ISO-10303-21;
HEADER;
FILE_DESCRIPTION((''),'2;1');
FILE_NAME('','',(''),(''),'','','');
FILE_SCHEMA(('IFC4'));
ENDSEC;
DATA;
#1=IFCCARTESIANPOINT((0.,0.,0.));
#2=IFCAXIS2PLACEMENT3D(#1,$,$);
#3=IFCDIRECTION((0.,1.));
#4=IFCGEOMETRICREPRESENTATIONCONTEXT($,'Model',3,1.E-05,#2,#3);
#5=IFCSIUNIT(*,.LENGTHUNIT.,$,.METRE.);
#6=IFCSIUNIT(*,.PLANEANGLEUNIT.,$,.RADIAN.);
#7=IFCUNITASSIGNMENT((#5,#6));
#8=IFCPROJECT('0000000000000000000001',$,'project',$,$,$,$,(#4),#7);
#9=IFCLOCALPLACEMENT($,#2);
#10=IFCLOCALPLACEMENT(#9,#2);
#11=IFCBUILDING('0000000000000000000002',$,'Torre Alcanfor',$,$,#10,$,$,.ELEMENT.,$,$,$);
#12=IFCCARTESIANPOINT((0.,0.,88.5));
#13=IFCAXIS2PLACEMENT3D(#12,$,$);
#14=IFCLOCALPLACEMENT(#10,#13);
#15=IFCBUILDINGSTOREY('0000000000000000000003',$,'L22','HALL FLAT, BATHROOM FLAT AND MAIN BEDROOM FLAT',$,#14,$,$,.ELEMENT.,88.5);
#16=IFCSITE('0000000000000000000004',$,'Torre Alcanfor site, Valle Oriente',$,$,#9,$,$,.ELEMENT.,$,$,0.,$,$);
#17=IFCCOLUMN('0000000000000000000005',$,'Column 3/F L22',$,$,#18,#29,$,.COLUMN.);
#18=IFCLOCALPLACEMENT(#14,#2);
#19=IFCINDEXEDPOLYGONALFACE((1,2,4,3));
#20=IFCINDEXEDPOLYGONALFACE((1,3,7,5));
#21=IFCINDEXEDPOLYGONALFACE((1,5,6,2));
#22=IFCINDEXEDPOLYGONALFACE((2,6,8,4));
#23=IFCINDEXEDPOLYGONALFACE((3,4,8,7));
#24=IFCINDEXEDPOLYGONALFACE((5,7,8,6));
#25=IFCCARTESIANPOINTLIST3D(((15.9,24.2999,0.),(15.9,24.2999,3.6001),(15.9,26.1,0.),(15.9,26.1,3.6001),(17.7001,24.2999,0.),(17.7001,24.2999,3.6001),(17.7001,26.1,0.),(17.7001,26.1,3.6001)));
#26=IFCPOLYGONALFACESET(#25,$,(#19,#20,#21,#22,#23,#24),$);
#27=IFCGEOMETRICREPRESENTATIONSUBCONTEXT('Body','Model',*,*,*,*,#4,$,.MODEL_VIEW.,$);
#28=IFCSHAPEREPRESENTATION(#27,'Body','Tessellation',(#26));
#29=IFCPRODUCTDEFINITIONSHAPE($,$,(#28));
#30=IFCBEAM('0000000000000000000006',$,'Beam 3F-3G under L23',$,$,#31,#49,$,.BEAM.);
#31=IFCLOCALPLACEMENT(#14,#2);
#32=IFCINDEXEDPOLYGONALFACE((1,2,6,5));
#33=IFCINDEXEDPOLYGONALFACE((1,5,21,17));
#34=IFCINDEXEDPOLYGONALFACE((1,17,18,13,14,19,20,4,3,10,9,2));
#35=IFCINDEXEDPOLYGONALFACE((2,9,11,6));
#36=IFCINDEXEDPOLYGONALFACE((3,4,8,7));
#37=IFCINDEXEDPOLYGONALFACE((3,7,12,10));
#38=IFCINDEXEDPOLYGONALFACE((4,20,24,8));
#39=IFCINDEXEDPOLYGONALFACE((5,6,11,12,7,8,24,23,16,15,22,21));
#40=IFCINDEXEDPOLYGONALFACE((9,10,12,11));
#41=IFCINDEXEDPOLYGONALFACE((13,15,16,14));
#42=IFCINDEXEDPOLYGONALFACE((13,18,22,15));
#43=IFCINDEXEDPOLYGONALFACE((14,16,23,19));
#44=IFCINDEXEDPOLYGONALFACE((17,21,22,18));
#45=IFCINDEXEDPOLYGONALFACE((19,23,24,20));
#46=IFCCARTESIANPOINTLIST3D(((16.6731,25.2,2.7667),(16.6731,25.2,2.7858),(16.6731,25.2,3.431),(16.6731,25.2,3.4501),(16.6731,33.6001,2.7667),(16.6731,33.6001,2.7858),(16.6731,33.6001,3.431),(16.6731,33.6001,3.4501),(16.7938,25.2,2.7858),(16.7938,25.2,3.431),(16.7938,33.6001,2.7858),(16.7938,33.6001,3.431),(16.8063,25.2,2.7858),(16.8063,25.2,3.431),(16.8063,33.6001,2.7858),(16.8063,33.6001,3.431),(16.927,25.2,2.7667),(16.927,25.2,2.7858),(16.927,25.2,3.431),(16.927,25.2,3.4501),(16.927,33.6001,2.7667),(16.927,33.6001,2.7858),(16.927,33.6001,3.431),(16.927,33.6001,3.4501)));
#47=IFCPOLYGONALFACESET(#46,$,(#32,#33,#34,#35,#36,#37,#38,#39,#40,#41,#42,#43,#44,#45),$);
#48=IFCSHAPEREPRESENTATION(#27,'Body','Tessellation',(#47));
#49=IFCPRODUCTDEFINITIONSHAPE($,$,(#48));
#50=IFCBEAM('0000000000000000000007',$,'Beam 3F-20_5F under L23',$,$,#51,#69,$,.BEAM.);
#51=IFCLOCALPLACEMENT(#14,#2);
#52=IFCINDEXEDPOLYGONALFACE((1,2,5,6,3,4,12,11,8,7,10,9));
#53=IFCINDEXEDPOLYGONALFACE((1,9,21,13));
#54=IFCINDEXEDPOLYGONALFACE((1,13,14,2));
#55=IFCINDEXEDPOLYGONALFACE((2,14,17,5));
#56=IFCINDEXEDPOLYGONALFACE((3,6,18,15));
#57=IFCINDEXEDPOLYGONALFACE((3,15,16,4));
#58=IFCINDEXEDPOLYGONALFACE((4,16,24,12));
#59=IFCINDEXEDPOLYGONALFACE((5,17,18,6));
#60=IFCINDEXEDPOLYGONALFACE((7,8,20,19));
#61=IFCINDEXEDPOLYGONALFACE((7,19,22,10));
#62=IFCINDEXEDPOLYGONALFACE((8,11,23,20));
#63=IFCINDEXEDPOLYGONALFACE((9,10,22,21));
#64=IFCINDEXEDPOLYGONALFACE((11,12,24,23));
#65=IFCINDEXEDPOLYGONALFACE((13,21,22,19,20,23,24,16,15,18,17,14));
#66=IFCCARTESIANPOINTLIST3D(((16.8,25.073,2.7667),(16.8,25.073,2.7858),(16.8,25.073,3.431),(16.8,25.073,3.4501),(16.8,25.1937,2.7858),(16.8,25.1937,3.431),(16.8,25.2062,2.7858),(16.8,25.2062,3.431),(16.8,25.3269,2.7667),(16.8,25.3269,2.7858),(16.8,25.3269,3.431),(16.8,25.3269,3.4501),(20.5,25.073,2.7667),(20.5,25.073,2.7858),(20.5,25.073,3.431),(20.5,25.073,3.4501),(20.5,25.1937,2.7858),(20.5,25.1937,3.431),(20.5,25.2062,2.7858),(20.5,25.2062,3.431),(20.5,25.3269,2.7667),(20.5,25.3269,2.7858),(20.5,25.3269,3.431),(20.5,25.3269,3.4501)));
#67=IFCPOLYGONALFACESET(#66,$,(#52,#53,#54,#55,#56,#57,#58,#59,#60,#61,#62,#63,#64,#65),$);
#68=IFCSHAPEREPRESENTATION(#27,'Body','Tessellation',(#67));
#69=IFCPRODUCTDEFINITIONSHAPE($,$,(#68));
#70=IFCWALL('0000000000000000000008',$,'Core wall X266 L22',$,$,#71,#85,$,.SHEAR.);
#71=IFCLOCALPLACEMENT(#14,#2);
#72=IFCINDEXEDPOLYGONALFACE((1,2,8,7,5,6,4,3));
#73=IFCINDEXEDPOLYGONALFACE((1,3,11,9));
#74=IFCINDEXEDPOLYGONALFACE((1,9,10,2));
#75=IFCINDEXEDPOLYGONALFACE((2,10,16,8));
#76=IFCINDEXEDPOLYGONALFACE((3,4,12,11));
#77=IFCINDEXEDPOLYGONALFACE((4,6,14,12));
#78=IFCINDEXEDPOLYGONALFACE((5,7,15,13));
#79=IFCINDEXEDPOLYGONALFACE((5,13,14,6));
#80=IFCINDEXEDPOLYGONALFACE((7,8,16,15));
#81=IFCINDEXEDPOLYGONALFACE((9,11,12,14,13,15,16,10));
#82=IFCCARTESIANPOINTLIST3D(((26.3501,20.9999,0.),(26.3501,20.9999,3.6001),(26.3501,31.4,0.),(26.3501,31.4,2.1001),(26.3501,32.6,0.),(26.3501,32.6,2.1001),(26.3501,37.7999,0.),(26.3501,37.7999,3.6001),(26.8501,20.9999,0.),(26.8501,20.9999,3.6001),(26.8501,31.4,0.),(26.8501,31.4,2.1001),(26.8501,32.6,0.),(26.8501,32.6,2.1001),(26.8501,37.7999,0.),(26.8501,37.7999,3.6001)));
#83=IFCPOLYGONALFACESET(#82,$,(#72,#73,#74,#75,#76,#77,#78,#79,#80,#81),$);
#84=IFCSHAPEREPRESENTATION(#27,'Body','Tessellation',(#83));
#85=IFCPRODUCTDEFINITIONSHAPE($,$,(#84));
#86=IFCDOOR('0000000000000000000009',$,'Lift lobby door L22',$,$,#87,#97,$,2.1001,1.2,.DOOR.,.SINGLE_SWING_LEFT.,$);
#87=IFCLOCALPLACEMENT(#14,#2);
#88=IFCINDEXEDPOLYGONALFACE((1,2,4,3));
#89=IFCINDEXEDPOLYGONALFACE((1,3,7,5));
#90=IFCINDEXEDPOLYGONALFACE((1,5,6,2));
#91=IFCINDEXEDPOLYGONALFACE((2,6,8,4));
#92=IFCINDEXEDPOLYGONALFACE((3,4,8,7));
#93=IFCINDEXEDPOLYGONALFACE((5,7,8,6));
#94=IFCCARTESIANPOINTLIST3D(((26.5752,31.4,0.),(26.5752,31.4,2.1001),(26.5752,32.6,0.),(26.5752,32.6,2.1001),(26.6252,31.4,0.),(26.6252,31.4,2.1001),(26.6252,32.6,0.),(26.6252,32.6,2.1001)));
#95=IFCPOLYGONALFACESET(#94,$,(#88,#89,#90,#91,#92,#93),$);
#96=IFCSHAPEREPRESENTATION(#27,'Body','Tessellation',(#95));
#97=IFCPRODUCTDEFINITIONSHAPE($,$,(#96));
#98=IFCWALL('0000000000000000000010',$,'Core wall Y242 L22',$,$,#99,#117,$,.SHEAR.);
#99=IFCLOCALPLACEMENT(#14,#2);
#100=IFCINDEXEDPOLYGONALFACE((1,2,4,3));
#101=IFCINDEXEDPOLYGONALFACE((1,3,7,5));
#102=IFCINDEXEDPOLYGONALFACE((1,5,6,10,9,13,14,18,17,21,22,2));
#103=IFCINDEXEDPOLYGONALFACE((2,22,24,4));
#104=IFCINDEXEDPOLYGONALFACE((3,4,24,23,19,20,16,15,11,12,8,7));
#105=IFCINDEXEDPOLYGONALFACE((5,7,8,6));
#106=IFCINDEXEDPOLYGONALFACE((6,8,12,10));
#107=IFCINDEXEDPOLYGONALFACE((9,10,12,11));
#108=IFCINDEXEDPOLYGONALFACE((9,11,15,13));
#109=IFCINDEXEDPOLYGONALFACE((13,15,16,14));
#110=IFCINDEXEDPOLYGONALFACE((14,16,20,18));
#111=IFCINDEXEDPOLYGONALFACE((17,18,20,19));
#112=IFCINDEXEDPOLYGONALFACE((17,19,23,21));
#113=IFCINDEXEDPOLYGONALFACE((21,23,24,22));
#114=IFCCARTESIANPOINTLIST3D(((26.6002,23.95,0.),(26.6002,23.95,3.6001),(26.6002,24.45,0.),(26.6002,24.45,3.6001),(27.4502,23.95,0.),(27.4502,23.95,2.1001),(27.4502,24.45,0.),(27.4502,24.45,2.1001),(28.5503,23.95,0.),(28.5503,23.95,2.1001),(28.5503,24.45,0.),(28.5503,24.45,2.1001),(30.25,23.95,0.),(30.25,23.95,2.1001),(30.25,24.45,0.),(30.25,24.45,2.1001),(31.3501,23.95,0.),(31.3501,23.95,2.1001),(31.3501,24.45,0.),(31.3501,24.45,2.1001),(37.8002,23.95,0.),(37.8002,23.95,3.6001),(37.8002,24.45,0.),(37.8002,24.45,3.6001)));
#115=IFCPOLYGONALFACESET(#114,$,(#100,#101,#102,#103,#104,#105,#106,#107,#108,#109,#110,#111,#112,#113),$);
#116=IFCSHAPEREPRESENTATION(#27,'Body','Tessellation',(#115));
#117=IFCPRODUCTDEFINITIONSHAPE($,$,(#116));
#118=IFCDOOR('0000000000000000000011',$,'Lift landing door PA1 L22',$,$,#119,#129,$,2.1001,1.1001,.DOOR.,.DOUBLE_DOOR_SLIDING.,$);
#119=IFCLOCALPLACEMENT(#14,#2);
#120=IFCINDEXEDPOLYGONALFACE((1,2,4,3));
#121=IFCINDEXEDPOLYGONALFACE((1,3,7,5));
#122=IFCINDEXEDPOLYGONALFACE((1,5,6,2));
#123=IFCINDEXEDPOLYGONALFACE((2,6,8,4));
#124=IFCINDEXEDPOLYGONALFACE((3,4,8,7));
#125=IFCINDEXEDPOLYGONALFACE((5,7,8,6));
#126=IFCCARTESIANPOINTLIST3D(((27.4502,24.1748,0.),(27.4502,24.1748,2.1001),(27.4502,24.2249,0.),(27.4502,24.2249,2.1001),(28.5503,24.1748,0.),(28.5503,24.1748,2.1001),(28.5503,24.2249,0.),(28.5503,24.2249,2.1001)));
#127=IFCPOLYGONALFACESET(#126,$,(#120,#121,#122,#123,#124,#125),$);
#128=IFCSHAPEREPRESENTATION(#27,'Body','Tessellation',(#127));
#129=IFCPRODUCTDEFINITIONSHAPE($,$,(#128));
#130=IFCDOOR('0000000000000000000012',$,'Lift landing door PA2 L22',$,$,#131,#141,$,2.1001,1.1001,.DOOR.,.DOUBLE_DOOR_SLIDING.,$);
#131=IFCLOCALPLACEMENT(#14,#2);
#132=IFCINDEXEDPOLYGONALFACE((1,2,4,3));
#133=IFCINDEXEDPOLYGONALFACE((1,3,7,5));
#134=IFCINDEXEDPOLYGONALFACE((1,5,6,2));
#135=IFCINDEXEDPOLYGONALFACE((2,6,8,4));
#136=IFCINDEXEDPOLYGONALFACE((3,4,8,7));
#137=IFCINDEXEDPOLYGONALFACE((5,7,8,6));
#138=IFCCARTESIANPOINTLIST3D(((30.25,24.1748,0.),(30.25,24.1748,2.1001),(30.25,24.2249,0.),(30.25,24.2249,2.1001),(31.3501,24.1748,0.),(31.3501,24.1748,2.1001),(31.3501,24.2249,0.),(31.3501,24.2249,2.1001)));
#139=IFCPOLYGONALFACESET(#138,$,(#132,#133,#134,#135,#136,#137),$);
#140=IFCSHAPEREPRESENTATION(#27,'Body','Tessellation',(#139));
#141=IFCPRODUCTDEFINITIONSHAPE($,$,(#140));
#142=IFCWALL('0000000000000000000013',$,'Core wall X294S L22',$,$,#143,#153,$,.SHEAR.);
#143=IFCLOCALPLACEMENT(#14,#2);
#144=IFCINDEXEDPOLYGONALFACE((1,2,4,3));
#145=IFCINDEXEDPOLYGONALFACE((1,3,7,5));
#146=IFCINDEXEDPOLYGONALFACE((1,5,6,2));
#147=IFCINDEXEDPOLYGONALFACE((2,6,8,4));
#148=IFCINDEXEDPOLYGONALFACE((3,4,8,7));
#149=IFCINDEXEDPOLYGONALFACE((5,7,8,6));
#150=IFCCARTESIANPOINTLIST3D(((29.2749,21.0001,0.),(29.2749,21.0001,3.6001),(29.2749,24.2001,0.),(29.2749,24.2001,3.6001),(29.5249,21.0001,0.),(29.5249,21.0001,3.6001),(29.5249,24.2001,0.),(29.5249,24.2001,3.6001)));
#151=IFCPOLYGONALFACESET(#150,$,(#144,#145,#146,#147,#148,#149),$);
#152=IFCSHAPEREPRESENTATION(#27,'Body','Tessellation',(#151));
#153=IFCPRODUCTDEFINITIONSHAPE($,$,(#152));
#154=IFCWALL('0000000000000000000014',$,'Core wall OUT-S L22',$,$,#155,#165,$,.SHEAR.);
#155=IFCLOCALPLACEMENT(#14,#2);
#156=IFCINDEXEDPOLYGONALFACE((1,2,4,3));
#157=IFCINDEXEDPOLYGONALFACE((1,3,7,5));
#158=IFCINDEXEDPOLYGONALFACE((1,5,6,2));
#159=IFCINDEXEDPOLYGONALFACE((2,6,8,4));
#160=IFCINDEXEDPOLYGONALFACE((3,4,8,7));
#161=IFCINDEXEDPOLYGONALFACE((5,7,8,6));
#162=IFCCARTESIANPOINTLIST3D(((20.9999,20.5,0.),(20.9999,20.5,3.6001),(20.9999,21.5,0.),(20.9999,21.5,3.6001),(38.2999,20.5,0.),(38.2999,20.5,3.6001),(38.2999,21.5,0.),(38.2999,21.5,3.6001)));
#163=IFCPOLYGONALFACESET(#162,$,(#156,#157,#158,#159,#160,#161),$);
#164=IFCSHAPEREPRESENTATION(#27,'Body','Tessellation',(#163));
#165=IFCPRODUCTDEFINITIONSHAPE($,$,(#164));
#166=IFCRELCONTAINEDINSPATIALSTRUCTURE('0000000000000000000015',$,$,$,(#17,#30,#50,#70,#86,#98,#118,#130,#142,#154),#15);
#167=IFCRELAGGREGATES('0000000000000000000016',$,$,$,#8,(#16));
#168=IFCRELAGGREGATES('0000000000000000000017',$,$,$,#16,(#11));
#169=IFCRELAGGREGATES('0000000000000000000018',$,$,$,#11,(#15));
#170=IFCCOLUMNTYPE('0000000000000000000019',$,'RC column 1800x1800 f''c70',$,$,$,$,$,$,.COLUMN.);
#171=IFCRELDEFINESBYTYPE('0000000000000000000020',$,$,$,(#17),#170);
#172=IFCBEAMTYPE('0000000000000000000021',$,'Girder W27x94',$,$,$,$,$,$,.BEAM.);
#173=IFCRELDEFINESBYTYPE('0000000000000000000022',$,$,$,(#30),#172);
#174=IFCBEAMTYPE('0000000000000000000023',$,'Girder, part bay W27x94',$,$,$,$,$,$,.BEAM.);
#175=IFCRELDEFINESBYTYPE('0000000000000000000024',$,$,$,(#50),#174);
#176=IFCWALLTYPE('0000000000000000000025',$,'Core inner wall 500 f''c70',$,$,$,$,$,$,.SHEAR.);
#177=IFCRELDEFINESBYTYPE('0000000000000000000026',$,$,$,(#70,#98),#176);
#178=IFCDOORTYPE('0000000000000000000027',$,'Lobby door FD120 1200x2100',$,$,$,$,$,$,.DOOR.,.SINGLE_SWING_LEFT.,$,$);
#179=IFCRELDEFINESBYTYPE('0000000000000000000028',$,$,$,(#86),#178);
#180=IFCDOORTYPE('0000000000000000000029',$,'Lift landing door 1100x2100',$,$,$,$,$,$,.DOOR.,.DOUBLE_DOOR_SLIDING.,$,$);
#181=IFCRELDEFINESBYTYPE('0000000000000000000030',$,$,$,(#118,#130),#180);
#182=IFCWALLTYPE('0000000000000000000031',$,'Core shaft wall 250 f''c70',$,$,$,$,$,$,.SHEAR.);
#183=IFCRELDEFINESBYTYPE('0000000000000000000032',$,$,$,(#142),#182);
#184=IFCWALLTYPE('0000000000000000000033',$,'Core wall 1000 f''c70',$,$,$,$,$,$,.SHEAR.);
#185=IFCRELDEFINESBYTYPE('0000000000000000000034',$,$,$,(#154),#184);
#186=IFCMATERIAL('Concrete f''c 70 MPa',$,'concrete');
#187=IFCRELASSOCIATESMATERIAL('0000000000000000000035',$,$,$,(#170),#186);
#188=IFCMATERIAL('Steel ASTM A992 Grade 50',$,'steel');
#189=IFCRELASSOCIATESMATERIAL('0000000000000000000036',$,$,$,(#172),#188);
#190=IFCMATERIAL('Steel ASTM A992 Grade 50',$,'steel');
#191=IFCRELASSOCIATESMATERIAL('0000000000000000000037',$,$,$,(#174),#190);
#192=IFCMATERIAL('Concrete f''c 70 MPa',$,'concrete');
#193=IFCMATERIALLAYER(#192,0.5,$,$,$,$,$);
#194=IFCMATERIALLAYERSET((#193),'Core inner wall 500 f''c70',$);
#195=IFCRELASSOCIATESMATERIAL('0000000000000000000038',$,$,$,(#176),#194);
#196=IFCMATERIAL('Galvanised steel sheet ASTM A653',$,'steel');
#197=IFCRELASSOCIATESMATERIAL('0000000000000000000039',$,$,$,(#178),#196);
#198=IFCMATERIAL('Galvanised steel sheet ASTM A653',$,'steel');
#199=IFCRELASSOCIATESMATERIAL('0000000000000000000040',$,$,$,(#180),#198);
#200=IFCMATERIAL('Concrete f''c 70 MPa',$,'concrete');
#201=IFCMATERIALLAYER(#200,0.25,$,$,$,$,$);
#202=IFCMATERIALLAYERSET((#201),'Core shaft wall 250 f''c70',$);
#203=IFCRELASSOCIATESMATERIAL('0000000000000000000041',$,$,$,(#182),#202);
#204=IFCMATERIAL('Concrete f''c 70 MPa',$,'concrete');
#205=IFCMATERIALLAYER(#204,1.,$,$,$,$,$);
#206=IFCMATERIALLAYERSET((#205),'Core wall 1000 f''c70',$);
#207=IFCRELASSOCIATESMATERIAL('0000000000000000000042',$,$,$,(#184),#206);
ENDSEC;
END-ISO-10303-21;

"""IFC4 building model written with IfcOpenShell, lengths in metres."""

from ifc_helpers import new_model, si_unit, direction, frame, frame_2d, origin, origin_2d, place, context, subcontext, project, spatial, rectangle, i_section, extrude, material, layer, layer_set, material_profile, profile_set, type_object, element, fill, save


model = new_model("IFC4")

# Units and contexts
model_context = context("Model", 3, precision=1e-05, world=origin(), true_north=direction((0.0, 1.0)))
body_context = subcontext(model_context, "Body", "Model", "MODEL_VIEW")
ifc_project = project(units=[si_unit("LENGTHUNIT", "METRE"), si_unit("PLANEANGLEUNIT", "RADIAN")], contexts=[model_context])

# Site, building, storey
site_placement = place(None, origin())
site = spatial("IfcSite", under=ifc_project, at=site_placement, Name="Torre Alcanfor site, Valle Oriente", CompositionType="ELEMENT", RefElevation=0.0)
building_placement = place(site_placement, origin())
building = spatial("IfcBuilding", under=site, at=building_placement, Name="Torre Alcanfor", CompositionType="ELEMENT")
storey_placement = place(building_placement, frame((0.0, 0.0, 88.5)))
storey = spatial("IfcBuildingStorey", under=building, at=storey_placement, Name="L22", Description="HALL FLAT, BATHROOM FLAT AND MAIN BEDROOM FLAT", CompositionType="ELEMENT", Elevation=88.5)

# Column
ifc_material_1 = material(Name="Concrete f'c 70 MPa", Category="concrete")
ifc_material_profile_1 = material_profile(ifc_material_1, rectangle(XDim=1.8, YDim=1.8, at=origin_2d()), Name="1800x1800")
ifc_profile_set_1 = profile_set([ifc_material_profile_1], Name="Concrete f'c 70 MPa")
column_type = type_object("IfcColumnType", Name="RC column 1800x1800 f'c70", PredefinedType="COLUMN", material=ifc_profile_set_1)
column_placement = place(storey_placement, frame((16.8, 25.2, 0.0), z_axis=(0.0, 0.0, 1.0), x_axis=(1.0, 0.0, 0.0)))
element("IfcColumn", 1, at=column_placement, inside=storey, type_object=column_type, Name="Column 3/F L22", PredefinedType="COLUMN", context=body_context, shape_type="SweptSolid", body=[
    extrude(rectangle(XDim=1.8, YDim=1.8, at=origin_2d()), origin(), (0.0, 0.0, 1.0), 3.6001),
])

# Beams
ifc_material_2 = material(Name="Steel ASTM A992 Grade 50", Category="steel")
ifc_material_profile_2 = material_profile(ifc_material_2, i_section(OverallWidth=0.2539, OverallDepth=0.6833, WebThickness=0.0125, FlangeThickness=0.019, at=origin_2d()), Name="W27x94")
ifc_profile_set_2 = profile_set([ifc_material_profile_2], Name="Steel ASTM A992 Grade 50")
beam_type_1 = type_object("IfcBeamType", Name="Girder W27x94", PredefinedType="BEAM", material=ifc_profile_set_2)
beam_1_placement = place(storey_placement, frame((16.8, 25.2, 3.1084), z_axis=(0.0, 1.0, 0.0), x_axis=(-1.0, 0.0, 0.0)))
element("IfcBeam", 2, at=beam_1_placement, inside=storey, type_object=beam_type_1, Name="Beam 3F-3G under L23", PredefinedType="BEAM", context=body_context, shape_type="SweptSolid", body=[
    extrude(i_section(OverallWidth=0.2539, OverallDepth=0.6833, WebThickness=0.0125, FlangeThickness=0.019, at=origin_2d()), origin(), (0.0, 0.0, 1.0), 8.4001),
])
ifc_material_3 = material(Name="Steel ASTM A992 Grade 50", Category="steel")
ifc_material_profile_3 = material_profile(ifc_material_3, i_section(OverallWidth=0.2539, OverallDepth=0.6833, WebThickness=0.0125, FlangeThickness=0.019, at=origin_2d()), Name="W27x94")
ifc_profile_set_3 = profile_set([ifc_material_profile_3], Name="Steel ASTM A992 Grade 50")
beam_type_2 = type_object("IfcBeamType", Name="Girder, part bay W27x94", PredefinedType="BEAM", material=ifc_profile_set_3)
beam_2_placement = place(storey_placement, frame((16.8, 25.2, 3.1084), z_axis=(1.0, 0.0, 0.0), x_axis=(0.0, 1.0, 0.0)))
element("IfcBeam", 3, at=beam_2_placement, inside=storey, type_object=beam_type_2, Name="Beam 3F-20_5F under L23", PredefinedType="BEAM", context=body_context, shape_type="SweptSolid", body=[
    extrude(i_section(OverallWidth=0.2539, OverallDepth=0.6833, WebThickness=0.0125, FlangeThickness=0.019, at=origin_2d()), origin(), (0.0, 0.0, 1.0), 3.7),
])

# Wall, opening, door
ifc_material_4 = material(Name="Concrete f'c 70 MPa", Category="concrete")
ifc_layer_1 = layer(ifc_material_4, 0.5)
ifc_layer_set_1 = layer_set([ifc_layer_1], Name="Core inner wall 500 f'c70")
wall_type_1 = type_object("IfcWallType", Name="Core inner wall 500 f'c70", PredefinedType="SHEAR", material=ifc_layer_set_1)
wall_1_placement = place(storey_placement, frame((26.6001, 21.0, 0.0), z_axis=(0.0, 0.0, 1.0), x_axis=(0.0, 1.0, 0.0)))
wall_1 = element("IfcWall", 4, at=wall_1_placement, inside=storey, type_object=wall_type_1, Name="Core wall X266 L22", PredefinedType="SHEAR", context=body_context, shape_type="SweptSolid", body=[
    extrude(rectangle(XDim=16.8, YDim=0.5, at=frame_2d((8.3999, 0.0))), origin(), (0.0, 0.0, 1.0), 3.6001),
])
opening_1_placement = place(wall_1_placement, frame((10.3999, 0.0, 0.0)))
opening_1 = element("IfcOpeningElement", 5, at=opening_1_placement, cuts=wall_1, PredefinedType="OPENING", context=body_context, shape_type="SweptSolid", body=[
    extrude(rectangle(XDim=1.2, YDim=2.1001, at=frame_2d((0.6001, 1.05))), frame((0.0, 0.26, 0.0), z_axis=(0.0, -1.0, 0.0), x_axis=(1.0, 0.0, 0.0)), (0.0, 0.0, 1.0), 0.52),
])
ifc_material_5 = material(Name="Galvanised steel sheet ASTM A653", Category="steel")
door_type_1 = type_object("IfcDoorType", Name="Lobby door FD120 1200x2100", OperationType="SINGLE_SWING_LEFT", PredefinedType="DOOR", material=ifc_material_5)
door_1_placement = place(opening_1_placement, origin())
door_1 = element("IfcDoor", 6, at=door_1_placement, inside=storey, type_object=door_type_1, Name="Lift lobby door L22", OperationType="SINGLE_SWING_LEFT", OverallHeight=2.1001, OverallWidth=1.2, PredefinedType="DOOR", context=body_context, shape_type="SweptSolid", body=[
    extrude(rectangle(XDim=1.2, YDim=2.1001, at=frame_2d((0.6001, 1.05))), frame((0.0, 0.0249, 0.0), z_axis=(0.0, -1.0, 0.0), x_axis=(1.0, 0.0, 0.0)), (0.0, 0.0, 1.0), 0.05),
])
fill(opening_1, door_1)

# Wall, openings, doors
wall_2_placement = place(storey_placement, frame((26.6001, 24.2, 0.0), z_axis=(0.0, 0.0, 1.0), x_axis=(1.0, 0.0, 0.0)))
wall_2 = element("IfcWall", 7, at=wall_2_placement, inside=storey, type_object=wall_type_1, Name="Core wall Y242 L22", PredefinedType="SHEAR", context=body_context, shape_type="SweptSolid", body=[
    extrude(rectangle(XDim=11.2, YDim=0.5, at=frame_2d((5.6001, 0.0))), origin(), (0.0, 0.0, 1.0), 3.6001),
])
opening_2_placement = place(wall_2_placement, frame((0.8501, 0.0, 0.0)))
opening_2 = element("IfcOpeningElement", 8, at=opening_2_placement, cuts=wall_2, PredefinedType="OPENING", context=body_context, shape_type="SweptSolid", body=[
    extrude(rectangle(XDim=1.1001, YDim=2.1001, at=frame_2d((0.55, 1.05))), frame((0.0, 0.26, 0.0), z_axis=(0.0, -1.0, 0.0), x_axis=(1.0, 0.0, 0.0)), (0.0, 0.0, 1.0), 0.52),
])
opening_3_placement = place(wall_2_placement, frame((3.6499, 0.0, 0.0)))
opening_3 = element("IfcOpeningElement", 9, at=opening_3_placement, cuts=wall_2, PredefinedType="OPENING", context=body_context, shape_type="SweptSolid", body=[
    extrude(rectangle(XDim=1.1001, YDim=2.1001, at=frame_2d((0.55, 1.05))), frame((0.0, 0.26, 0.0), z_axis=(0.0, -1.0, 0.0), x_axis=(1.0, 0.0, 0.0)), (0.0, 0.0, 1.0), 0.52),
])
ifc_material_6 = material(Name="Galvanised steel sheet ASTM A653", Category="steel")
door_type_2 = type_object("IfcDoorType", Name="Lift landing door 1100x2100", OperationType="DOUBLE_DOOR_SLIDING", PredefinedType="DOOR", material=ifc_material_6)
door_2_placement = place(opening_2_placement, origin())
door_2 = element("IfcDoor", 10, at=door_2_placement, inside=storey, type_object=door_type_2, Name="Lift landing door PA1 L22", OperationType="DOUBLE_DOOR_SLIDING", OverallHeight=2.1001, OverallWidth=1.1001, PredefinedType="DOOR", context=body_context, shape_type="SweptSolid", body=[
    extrude(rectangle(XDim=1.1001, YDim=2.1001, at=frame_2d((0.55, 1.05))), frame((0.0, 0.0249, 0.0), z_axis=(0.0, -1.0, 0.0), x_axis=(1.0, 0.0, 0.0)), (0.0, 0.0, 1.0), 0.05),
])
fill(opening_2, door_2)
door_3_placement = place(opening_3_placement, origin())
door_3 = element("IfcDoor", 11, at=door_3_placement, inside=storey, type_object=door_type_2, Name="Lift landing door PA2 L22", OperationType="DOUBLE_DOOR_SLIDING", OverallHeight=2.1001, OverallWidth=1.1001, PredefinedType="DOOR", context=body_context, shape_type="SweptSolid", body=[
    extrude(rectangle(XDim=1.1001, YDim=2.1001, at=frame_2d((0.55, 1.05))), frame((0.0, 0.0249, 0.0), z_axis=(0.0, -1.0, 0.0), x_axis=(1.0, 0.0, 0.0)), (0.0, 0.0, 1.0), 0.05),
])
fill(opening_3, door_3)

# Walls
ifc_material_7 = material(Name="Concrete f'c 70 MPa", Category="concrete")
ifc_layer_2 = layer(ifc_material_7, 0.25)
ifc_layer_set_2 = layer_set([ifc_layer_2], Name="Core shaft wall 250 f'c70")
wall_type_2 = type_object("IfcWallType", Name="Core shaft wall 250 f'c70", PredefinedType="SHEAR", material=ifc_layer_set_2)
wall_3_placement = place(storey_placement, frame((29.3999, 21.0, 0.0), z_axis=(0.0, 0.0, 1.0), x_axis=(0.0, 1.0, 0.0)))
element("IfcWall", 12, at=wall_3_placement, inside=storey, type_object=wall_type_2, Name="Core wall X294S L22", PredefinedType="SHEAR", context=body_context, shape_type="SweptSolid", body=[
    extrude(rectangle(XDim=3.2, YDim=0.25, at=frame_2d((1.6001, 0.0))), origin(), (0.0, 0.0, 1.0), 3.6001),
])
ifc_material_8 = material(Name="Concrete f'c 70 MPa", Category="concrete")
ifc_layer_3 = layer(ifc_material_8, 1.0)
ifc_layer_set_3 = layer_set([ifc_layer_3], Name="Core wall 1000 f'c70")
wall_type_3 = type_object("IfcWallType", Name="Core wall 1000 f'c70", PredefinedType="SHEAR", material=ifc_layer_set_3)
wall_4_placement = place(storey_placement, frame((21.0, 21.0, 0.0), z_axis=(0.0, 0.0, 1.0), x_axis=(1.0, 0.0, 0.0)))
element("IfcWall", 13, at=wall_4_placement, inside=storey, type_object=wall_type_3, Name="Core wall OUT-S L22", PredefinedType="SHEAR", context=body_context, shape_type="SweptSolid", body=[
    extrude(rectangle(XDim=17.3, YDim=1.0, at=frame_2d((8.6499, 0.0))), origin(), (0.0, 0.0, 1.0), 3.6001),
])

save(model, "model.ifc")
